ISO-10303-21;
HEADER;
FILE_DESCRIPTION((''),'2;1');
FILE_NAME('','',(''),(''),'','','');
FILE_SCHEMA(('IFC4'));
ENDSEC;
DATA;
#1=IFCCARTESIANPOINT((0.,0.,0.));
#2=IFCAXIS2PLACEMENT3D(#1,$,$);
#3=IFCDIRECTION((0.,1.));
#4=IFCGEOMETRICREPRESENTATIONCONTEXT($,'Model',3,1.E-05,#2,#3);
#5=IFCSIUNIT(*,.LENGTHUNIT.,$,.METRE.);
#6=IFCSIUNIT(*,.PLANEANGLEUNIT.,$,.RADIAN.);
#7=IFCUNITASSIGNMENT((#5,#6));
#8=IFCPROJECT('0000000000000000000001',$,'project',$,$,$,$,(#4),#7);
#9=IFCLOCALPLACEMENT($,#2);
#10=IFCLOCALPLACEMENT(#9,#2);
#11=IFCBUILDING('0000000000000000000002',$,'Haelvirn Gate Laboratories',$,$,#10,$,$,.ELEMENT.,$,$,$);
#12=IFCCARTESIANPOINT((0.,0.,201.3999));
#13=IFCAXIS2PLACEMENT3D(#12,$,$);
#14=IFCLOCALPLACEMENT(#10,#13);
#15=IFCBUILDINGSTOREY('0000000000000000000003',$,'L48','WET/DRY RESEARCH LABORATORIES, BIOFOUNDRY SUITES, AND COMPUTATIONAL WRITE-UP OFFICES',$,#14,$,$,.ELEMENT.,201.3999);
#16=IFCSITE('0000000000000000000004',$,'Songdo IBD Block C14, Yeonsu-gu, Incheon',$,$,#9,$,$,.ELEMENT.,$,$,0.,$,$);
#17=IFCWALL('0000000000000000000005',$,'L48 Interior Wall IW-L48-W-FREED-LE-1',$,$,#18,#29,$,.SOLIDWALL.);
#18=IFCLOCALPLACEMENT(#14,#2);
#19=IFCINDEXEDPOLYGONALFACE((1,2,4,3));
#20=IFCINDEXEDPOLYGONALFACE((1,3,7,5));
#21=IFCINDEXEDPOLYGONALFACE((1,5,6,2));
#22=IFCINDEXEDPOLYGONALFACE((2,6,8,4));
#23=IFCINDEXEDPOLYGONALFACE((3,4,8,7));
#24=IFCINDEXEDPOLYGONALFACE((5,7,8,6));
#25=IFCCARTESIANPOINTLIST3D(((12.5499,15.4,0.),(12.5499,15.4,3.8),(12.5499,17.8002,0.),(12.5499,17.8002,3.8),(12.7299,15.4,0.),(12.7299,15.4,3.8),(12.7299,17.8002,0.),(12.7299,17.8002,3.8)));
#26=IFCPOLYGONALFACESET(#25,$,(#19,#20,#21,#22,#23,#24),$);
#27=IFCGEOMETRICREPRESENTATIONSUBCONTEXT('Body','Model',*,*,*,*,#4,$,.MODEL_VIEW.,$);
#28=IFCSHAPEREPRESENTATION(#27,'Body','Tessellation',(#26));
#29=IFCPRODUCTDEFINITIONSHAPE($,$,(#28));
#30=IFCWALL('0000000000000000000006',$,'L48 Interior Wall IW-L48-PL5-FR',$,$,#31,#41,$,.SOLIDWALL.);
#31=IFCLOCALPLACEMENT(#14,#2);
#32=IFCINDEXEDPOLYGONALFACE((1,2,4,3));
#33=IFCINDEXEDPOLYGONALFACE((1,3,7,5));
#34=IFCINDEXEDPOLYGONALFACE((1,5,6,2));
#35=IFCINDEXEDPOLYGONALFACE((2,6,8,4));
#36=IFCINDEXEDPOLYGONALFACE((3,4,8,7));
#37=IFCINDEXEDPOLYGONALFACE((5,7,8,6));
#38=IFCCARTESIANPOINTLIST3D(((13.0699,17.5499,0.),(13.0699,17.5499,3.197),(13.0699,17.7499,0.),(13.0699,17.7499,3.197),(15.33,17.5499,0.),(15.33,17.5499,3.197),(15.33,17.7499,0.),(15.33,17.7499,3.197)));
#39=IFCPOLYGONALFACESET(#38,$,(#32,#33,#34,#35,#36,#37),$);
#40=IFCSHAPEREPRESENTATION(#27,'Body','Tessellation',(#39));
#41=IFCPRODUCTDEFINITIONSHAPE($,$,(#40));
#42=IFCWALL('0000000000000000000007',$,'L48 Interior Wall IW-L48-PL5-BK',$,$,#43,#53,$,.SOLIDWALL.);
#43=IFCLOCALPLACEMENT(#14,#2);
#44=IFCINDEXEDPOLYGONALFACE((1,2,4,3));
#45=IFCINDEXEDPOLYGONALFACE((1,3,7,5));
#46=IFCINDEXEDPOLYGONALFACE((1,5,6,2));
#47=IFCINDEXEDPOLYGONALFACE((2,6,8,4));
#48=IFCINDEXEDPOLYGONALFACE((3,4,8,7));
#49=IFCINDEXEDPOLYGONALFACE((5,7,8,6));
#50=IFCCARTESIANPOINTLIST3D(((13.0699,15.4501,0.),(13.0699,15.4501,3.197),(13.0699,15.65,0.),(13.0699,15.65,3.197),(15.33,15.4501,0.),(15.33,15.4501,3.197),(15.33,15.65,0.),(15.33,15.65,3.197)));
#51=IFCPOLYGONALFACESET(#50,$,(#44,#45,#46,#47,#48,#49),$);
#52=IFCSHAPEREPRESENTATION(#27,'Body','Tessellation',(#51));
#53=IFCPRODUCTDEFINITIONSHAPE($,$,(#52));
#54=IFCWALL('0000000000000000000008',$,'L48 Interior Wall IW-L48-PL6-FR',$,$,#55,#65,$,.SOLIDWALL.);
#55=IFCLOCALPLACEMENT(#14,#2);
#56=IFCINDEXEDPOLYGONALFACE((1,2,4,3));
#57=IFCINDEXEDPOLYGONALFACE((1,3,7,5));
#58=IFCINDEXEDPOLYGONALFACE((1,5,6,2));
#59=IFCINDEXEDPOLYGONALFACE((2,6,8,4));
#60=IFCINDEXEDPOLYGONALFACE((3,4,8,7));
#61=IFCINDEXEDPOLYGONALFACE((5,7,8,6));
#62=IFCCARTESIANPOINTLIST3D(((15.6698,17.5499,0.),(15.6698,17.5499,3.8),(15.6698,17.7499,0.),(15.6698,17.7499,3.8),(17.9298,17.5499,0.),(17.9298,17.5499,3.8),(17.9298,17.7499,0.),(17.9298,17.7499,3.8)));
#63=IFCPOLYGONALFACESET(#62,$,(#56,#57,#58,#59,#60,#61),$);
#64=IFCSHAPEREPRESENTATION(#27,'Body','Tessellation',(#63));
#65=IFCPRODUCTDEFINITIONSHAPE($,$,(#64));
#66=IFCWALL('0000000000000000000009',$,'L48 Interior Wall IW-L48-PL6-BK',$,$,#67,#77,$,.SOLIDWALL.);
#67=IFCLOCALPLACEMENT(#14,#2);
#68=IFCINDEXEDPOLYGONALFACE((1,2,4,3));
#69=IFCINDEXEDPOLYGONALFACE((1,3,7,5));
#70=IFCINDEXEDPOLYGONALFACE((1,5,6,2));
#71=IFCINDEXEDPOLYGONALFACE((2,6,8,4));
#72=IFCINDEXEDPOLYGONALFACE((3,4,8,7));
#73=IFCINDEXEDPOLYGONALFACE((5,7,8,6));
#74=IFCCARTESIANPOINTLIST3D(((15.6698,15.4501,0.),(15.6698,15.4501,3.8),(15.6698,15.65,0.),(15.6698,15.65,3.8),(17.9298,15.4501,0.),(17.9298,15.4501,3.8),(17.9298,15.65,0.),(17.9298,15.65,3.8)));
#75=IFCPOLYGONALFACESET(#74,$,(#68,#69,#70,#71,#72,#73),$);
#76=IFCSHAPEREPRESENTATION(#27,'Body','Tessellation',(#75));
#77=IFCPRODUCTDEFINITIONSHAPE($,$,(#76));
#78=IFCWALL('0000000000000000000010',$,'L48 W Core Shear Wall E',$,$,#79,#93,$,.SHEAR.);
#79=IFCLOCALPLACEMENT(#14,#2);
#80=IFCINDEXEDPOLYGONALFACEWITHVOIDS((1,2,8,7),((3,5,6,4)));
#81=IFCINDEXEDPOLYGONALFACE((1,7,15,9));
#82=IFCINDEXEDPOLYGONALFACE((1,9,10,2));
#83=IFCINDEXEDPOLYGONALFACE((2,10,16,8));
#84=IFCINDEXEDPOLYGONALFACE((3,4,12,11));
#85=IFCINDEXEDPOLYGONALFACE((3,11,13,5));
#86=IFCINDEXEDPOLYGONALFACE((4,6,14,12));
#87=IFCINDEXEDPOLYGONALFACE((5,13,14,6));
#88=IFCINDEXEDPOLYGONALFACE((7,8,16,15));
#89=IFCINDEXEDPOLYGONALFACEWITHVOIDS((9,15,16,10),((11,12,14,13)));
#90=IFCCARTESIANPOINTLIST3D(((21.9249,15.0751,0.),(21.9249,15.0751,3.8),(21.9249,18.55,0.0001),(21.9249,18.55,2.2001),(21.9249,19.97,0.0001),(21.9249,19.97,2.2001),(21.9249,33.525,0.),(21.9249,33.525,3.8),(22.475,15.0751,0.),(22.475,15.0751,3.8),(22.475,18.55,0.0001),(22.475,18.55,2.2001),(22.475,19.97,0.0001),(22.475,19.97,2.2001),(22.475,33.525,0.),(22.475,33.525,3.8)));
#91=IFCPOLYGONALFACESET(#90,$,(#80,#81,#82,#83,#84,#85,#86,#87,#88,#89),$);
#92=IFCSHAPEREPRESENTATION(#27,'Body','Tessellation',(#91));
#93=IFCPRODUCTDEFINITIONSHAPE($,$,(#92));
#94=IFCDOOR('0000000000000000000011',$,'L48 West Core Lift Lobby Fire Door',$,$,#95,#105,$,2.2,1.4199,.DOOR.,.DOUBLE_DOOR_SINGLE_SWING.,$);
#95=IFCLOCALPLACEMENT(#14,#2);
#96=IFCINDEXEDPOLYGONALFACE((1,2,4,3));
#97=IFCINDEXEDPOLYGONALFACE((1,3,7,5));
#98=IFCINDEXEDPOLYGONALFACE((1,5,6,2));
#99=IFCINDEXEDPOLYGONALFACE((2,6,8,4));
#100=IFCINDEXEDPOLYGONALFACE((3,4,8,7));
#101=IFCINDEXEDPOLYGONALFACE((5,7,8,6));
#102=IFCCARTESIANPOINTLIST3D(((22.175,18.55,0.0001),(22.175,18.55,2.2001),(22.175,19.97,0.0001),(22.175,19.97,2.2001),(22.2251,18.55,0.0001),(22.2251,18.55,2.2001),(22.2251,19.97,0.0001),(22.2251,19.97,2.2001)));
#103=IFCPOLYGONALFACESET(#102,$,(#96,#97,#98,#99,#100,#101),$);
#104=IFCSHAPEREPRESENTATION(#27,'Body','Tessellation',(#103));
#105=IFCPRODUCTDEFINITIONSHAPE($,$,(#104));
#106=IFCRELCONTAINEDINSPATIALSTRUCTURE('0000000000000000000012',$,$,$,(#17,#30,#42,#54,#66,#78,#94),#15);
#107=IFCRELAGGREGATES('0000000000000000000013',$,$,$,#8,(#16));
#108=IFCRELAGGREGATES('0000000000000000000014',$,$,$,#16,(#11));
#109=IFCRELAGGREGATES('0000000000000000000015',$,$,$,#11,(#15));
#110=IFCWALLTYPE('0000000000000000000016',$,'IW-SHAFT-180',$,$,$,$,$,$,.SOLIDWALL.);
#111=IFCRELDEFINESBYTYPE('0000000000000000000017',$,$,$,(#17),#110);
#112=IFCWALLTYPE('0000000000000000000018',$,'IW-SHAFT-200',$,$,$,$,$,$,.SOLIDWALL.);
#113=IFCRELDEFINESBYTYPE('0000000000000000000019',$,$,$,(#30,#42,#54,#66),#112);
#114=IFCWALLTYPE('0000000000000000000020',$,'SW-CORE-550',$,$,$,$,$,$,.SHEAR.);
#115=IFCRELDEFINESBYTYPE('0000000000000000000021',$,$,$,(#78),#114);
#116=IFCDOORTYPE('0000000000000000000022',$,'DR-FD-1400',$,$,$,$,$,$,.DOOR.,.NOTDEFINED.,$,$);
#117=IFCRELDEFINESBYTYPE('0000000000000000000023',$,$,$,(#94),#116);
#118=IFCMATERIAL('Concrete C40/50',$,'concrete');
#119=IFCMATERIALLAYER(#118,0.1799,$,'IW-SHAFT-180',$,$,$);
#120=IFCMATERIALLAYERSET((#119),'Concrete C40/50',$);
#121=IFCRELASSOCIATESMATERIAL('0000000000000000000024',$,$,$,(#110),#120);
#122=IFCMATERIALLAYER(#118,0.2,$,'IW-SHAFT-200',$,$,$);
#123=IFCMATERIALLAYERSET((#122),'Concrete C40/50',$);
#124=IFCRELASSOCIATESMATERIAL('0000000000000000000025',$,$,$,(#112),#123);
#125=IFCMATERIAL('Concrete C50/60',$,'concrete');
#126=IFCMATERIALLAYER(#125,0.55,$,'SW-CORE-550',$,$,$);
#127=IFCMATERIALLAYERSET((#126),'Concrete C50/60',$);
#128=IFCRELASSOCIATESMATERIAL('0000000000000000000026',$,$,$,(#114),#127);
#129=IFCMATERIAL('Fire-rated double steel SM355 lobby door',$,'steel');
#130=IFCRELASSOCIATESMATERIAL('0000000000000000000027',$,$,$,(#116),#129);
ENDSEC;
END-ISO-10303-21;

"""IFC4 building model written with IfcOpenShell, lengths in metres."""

from ifc_helpers import new_model, si_unit, direction, frame, frame_2d, origin, place, context, subcontext, project, spatial, rectangle, extrude, source, transform, mapped, material, layer, layer_set, type_object, type_shapes, element, fill, save


model = new_model("IFC4")

# Units and contexts
model_context = context("Model", 3, precision=1e-05, world=origin(), true_north=direction((0.0, 1.0)))
body_context = subcontext(model_context, "Body", "Model", "MODEL_VIEW")
ifc_project = project(units=[si_unit("LENGTHUNIT", "METRE"), si_unit("PLANEANGLEUNIT", "RADIAN")], contexts=[model_context])

# Site, building, storey
site_placement = place(None, origin())
site = spatial("IfcSite", under=ifc_project, at=site_placement, Name="Songdo IBD Block C14, Yeonsu-gu, Incheon", CompositionType="ELEMENT", RefElevation=0.0)
building_placement = place(site_placement, origin())
building = spatial("IfcBuilding", under=site, at=building_placement, Name="Haelvirn Gate Laboratories", CompositionType="ELEMENT")
storey_placement = place(building_placement, frame((0.0, 0.0, 201.3999)))
storey = spatial("IfcBuildingStorey", under=building, at=storey_placement, Name="L48", Description="WET/DRY RESEARCH LABORATORIES, BIOFOUNDRY SUITES, AND COMPUTATIONAL WRITE-UP OFFICES", CompositionType="ELEMENT", Elevation=201.3999)

# Walls
ifc_material_1 = material(Name="Concrete C40/50", Category="concrete")
ifc_layer_1 = layer(ifc_material_1, 0.1799, Name="IW-SHAFT-180")
ifc_layer_set_1 = layer_set([ifc_layer_1], Name="Concrete C40/50")
wall_type_1 = type_object("IfcWallType", Name="IW-SHAFT-180", PredefinedType="SOLIDWALL", material=ifc_layer_set_1)
wall_1_placement = place(storey_placement, frame((12.6399, 15.3999, 0.0), z_axis=(0.0, 0.0, 1.0), x_axis=(0.0, 1.0, 0.0)))
element("IfcWall", 1, at=wall_1_placement, inside=storey, type_object=wall_type_1, Name="L48 Interior Wall IW-L48-W-FREED-LE-1", PredefinedType="SOLIDWALL", context=body_context, shape_type="SweptSolid", body=[
    extrude(rectangle(XDim=2.4001, YDim=0.1799, at=frame_2d((1.2002, 0.0))), origin(), (0.0, 0.0, 1.0), 3.8),
])
ifc_layer_2 = layer(ifc_material_1, 0.2, Name="IW-SHAFT-200")
ifc_layer_set_2 = layer_set([ifc_layer_2], Name="Concrete C40/50")
wall_type_2 = type_object("IfcWallType", Name="IW-SHAFT-200", PredefinedType="SOLIDWALL", material=ifc_layer_set_2)
for number, where, z_axis, x_axis, name in (
    (2, (13.0701, 17.6499, 0.0), (0.0, 0.0, 1.0), (1.0, 0.0, 0.0), "L48 Interior Wall IW-L48-PL5-FR"),
    (3, (13.0701, 15.55, 0.0), (0.0, 0.0, 1.0), (1.0, 0.0, 0.0), "L48 Interior Wall IW-L48-PL5-BK"),
):
    element("IfcWall", number, at=place(storey_placement, frame(where, z_axis=z_axis, x_axis=x_axis)), inside=storey, type_object=wall_type_2, Name=name, PredefinedType="SOLIDWALL", context=body_context, shape_type="SweptSolid", body=[
        extrude(rectangle(XDim=2.26, YDim=0.2, at=frame_2d((1.1299, 0.0))), origin(), (0.0, 0.0, 1.0), 3.197),
    ])
for number, where, z_axis, x_axis, name in (
    (4, (15.6699, 17.6499, 0.0), (0.0, 0.0, 1.0), (1.0, 0.0, 0.0), "L48 Interior Wall IW-L48-PL6-FR"),
    (5, (15.6699, 15.55, 0.0), (0.0, 0.0, 1.0), (1.0, 0.0, 0.0), "L48 Interior Wall IW-L48-PL6-BK"),
):
    element("IfcWall", number, at=place(storey_placement, frame(where, z_axis=z_axis, x_axis=x_axis)), inside=storey, type_object=wall_type_2, Name=name, PredefinedType="SOLIDWALL", context=body_context, shape_type="SweptSolid", body=[
        extrude(rectangle(XDim=2.26, YDim=0.2, at=frame_2d((1.1299, 0.0))), origin(), (0.0, 0.0, 1.0), 3.8),
    ])

# Wall, opening, door
ifc_material_2 = material(Name="Concrete C50/60", Category="concrete")
ifc_layer_3 = layer(ifc_material_2, 0.55, Name="SW-CORE-550")
ifc_layer_set_3 = layer_set([ifc_layer_3], Name="Concrete C50/60")
wall_type_3 = type_object("IfcWallType", Name="SW-CORE-550", PredefinedType="SHEAR", material=ifc_layer_set_3)
wall_2_placement = place(storey_placement, frame((22.2, 15.075, 0.0), z_axis=(0.0, 0.0, 1.0), x_axis=(0.0, 1.0, 0.0)))
wall_2 = element("IfcWall", 6, at=wall_2_placement, inside=storey, type_object=wall_type_3, Name="L48 W Core Shear Wall E", PredefinedType="SHEAR", context=body_context, shape_type="SweptSolid", body=[
    extrude(rectangle(XDim=18.45, YDim=0.55, at=frame_2d((9.2251, 0.0))), origin(), (0.0, 0.0, 1.0), 3.8),
])
opening_1_placement = place(wall_2_placement, frame((3.4751, 0.0, 0.0)))
opening_1 = element("IfcOpeningElement", 7, at=opening_1_placement, cuts=wall_2, PredefinedType="OPENING", context=body_context, shape_type="SweptSolid", body=[
    extrude(rectangle(XDim=1.4199, YDim=2.2, at=frame_2d((0.71, 1.1001))), frame((0.0, 0.2852, 0.0), z_axis=(0.0, -1.0, 0.0), x_axis=(1.0, 0.0, 0.0)), (0.0, 0.0, 1.0), 0.5701),
])
ifc_material_3 = material(Name="Fire-rated double steel SM355 lobby door", Category="steel")
door_type_1 = type_object("IfcDoorType", Name="DR-FD-1400", OperationType="NOTDEFINED", PredefinedType="DOOR", material=ifc_material_3)
shared_shape_1 = source(origin(), body_context, "Body", "SweptSolid", [
    extrude(rectangle(XDim=1.4199, YDim=2.2, at=frame_2d((0.71, 1.1001))), frame((0.0, 0.0249, 0.0), z_axis=(0.0, -1.0, 0.0), x_axis=(1.0, 0.0, 0.0)), (0.0, 0.0, 1.0), 0.05),
])
type_shapes(door_type_1, [shared_shape_1])
door_1_placement = place(opening_1_placement, origin())
door_1 = element("IfcDoor", 8, at=door_1_placement, inside=storey, type_object=door_type_1, Name="L48 West Core Lift Lobby Fire Door", OperationType="DOUBLE_DOOR_SINGLE_SWING", OverallHeight=2.2, OverallWidth=1.4199, PredefinedType="DOOR", context=body_context, shape_type="MappedRepresentation", body=[
    mapped(shared_shape_1, transform((0.0, 0.0, 0.0), scale=1.0)),
])
fill(opening_1, door_1)

save(model, "model.ifc")
